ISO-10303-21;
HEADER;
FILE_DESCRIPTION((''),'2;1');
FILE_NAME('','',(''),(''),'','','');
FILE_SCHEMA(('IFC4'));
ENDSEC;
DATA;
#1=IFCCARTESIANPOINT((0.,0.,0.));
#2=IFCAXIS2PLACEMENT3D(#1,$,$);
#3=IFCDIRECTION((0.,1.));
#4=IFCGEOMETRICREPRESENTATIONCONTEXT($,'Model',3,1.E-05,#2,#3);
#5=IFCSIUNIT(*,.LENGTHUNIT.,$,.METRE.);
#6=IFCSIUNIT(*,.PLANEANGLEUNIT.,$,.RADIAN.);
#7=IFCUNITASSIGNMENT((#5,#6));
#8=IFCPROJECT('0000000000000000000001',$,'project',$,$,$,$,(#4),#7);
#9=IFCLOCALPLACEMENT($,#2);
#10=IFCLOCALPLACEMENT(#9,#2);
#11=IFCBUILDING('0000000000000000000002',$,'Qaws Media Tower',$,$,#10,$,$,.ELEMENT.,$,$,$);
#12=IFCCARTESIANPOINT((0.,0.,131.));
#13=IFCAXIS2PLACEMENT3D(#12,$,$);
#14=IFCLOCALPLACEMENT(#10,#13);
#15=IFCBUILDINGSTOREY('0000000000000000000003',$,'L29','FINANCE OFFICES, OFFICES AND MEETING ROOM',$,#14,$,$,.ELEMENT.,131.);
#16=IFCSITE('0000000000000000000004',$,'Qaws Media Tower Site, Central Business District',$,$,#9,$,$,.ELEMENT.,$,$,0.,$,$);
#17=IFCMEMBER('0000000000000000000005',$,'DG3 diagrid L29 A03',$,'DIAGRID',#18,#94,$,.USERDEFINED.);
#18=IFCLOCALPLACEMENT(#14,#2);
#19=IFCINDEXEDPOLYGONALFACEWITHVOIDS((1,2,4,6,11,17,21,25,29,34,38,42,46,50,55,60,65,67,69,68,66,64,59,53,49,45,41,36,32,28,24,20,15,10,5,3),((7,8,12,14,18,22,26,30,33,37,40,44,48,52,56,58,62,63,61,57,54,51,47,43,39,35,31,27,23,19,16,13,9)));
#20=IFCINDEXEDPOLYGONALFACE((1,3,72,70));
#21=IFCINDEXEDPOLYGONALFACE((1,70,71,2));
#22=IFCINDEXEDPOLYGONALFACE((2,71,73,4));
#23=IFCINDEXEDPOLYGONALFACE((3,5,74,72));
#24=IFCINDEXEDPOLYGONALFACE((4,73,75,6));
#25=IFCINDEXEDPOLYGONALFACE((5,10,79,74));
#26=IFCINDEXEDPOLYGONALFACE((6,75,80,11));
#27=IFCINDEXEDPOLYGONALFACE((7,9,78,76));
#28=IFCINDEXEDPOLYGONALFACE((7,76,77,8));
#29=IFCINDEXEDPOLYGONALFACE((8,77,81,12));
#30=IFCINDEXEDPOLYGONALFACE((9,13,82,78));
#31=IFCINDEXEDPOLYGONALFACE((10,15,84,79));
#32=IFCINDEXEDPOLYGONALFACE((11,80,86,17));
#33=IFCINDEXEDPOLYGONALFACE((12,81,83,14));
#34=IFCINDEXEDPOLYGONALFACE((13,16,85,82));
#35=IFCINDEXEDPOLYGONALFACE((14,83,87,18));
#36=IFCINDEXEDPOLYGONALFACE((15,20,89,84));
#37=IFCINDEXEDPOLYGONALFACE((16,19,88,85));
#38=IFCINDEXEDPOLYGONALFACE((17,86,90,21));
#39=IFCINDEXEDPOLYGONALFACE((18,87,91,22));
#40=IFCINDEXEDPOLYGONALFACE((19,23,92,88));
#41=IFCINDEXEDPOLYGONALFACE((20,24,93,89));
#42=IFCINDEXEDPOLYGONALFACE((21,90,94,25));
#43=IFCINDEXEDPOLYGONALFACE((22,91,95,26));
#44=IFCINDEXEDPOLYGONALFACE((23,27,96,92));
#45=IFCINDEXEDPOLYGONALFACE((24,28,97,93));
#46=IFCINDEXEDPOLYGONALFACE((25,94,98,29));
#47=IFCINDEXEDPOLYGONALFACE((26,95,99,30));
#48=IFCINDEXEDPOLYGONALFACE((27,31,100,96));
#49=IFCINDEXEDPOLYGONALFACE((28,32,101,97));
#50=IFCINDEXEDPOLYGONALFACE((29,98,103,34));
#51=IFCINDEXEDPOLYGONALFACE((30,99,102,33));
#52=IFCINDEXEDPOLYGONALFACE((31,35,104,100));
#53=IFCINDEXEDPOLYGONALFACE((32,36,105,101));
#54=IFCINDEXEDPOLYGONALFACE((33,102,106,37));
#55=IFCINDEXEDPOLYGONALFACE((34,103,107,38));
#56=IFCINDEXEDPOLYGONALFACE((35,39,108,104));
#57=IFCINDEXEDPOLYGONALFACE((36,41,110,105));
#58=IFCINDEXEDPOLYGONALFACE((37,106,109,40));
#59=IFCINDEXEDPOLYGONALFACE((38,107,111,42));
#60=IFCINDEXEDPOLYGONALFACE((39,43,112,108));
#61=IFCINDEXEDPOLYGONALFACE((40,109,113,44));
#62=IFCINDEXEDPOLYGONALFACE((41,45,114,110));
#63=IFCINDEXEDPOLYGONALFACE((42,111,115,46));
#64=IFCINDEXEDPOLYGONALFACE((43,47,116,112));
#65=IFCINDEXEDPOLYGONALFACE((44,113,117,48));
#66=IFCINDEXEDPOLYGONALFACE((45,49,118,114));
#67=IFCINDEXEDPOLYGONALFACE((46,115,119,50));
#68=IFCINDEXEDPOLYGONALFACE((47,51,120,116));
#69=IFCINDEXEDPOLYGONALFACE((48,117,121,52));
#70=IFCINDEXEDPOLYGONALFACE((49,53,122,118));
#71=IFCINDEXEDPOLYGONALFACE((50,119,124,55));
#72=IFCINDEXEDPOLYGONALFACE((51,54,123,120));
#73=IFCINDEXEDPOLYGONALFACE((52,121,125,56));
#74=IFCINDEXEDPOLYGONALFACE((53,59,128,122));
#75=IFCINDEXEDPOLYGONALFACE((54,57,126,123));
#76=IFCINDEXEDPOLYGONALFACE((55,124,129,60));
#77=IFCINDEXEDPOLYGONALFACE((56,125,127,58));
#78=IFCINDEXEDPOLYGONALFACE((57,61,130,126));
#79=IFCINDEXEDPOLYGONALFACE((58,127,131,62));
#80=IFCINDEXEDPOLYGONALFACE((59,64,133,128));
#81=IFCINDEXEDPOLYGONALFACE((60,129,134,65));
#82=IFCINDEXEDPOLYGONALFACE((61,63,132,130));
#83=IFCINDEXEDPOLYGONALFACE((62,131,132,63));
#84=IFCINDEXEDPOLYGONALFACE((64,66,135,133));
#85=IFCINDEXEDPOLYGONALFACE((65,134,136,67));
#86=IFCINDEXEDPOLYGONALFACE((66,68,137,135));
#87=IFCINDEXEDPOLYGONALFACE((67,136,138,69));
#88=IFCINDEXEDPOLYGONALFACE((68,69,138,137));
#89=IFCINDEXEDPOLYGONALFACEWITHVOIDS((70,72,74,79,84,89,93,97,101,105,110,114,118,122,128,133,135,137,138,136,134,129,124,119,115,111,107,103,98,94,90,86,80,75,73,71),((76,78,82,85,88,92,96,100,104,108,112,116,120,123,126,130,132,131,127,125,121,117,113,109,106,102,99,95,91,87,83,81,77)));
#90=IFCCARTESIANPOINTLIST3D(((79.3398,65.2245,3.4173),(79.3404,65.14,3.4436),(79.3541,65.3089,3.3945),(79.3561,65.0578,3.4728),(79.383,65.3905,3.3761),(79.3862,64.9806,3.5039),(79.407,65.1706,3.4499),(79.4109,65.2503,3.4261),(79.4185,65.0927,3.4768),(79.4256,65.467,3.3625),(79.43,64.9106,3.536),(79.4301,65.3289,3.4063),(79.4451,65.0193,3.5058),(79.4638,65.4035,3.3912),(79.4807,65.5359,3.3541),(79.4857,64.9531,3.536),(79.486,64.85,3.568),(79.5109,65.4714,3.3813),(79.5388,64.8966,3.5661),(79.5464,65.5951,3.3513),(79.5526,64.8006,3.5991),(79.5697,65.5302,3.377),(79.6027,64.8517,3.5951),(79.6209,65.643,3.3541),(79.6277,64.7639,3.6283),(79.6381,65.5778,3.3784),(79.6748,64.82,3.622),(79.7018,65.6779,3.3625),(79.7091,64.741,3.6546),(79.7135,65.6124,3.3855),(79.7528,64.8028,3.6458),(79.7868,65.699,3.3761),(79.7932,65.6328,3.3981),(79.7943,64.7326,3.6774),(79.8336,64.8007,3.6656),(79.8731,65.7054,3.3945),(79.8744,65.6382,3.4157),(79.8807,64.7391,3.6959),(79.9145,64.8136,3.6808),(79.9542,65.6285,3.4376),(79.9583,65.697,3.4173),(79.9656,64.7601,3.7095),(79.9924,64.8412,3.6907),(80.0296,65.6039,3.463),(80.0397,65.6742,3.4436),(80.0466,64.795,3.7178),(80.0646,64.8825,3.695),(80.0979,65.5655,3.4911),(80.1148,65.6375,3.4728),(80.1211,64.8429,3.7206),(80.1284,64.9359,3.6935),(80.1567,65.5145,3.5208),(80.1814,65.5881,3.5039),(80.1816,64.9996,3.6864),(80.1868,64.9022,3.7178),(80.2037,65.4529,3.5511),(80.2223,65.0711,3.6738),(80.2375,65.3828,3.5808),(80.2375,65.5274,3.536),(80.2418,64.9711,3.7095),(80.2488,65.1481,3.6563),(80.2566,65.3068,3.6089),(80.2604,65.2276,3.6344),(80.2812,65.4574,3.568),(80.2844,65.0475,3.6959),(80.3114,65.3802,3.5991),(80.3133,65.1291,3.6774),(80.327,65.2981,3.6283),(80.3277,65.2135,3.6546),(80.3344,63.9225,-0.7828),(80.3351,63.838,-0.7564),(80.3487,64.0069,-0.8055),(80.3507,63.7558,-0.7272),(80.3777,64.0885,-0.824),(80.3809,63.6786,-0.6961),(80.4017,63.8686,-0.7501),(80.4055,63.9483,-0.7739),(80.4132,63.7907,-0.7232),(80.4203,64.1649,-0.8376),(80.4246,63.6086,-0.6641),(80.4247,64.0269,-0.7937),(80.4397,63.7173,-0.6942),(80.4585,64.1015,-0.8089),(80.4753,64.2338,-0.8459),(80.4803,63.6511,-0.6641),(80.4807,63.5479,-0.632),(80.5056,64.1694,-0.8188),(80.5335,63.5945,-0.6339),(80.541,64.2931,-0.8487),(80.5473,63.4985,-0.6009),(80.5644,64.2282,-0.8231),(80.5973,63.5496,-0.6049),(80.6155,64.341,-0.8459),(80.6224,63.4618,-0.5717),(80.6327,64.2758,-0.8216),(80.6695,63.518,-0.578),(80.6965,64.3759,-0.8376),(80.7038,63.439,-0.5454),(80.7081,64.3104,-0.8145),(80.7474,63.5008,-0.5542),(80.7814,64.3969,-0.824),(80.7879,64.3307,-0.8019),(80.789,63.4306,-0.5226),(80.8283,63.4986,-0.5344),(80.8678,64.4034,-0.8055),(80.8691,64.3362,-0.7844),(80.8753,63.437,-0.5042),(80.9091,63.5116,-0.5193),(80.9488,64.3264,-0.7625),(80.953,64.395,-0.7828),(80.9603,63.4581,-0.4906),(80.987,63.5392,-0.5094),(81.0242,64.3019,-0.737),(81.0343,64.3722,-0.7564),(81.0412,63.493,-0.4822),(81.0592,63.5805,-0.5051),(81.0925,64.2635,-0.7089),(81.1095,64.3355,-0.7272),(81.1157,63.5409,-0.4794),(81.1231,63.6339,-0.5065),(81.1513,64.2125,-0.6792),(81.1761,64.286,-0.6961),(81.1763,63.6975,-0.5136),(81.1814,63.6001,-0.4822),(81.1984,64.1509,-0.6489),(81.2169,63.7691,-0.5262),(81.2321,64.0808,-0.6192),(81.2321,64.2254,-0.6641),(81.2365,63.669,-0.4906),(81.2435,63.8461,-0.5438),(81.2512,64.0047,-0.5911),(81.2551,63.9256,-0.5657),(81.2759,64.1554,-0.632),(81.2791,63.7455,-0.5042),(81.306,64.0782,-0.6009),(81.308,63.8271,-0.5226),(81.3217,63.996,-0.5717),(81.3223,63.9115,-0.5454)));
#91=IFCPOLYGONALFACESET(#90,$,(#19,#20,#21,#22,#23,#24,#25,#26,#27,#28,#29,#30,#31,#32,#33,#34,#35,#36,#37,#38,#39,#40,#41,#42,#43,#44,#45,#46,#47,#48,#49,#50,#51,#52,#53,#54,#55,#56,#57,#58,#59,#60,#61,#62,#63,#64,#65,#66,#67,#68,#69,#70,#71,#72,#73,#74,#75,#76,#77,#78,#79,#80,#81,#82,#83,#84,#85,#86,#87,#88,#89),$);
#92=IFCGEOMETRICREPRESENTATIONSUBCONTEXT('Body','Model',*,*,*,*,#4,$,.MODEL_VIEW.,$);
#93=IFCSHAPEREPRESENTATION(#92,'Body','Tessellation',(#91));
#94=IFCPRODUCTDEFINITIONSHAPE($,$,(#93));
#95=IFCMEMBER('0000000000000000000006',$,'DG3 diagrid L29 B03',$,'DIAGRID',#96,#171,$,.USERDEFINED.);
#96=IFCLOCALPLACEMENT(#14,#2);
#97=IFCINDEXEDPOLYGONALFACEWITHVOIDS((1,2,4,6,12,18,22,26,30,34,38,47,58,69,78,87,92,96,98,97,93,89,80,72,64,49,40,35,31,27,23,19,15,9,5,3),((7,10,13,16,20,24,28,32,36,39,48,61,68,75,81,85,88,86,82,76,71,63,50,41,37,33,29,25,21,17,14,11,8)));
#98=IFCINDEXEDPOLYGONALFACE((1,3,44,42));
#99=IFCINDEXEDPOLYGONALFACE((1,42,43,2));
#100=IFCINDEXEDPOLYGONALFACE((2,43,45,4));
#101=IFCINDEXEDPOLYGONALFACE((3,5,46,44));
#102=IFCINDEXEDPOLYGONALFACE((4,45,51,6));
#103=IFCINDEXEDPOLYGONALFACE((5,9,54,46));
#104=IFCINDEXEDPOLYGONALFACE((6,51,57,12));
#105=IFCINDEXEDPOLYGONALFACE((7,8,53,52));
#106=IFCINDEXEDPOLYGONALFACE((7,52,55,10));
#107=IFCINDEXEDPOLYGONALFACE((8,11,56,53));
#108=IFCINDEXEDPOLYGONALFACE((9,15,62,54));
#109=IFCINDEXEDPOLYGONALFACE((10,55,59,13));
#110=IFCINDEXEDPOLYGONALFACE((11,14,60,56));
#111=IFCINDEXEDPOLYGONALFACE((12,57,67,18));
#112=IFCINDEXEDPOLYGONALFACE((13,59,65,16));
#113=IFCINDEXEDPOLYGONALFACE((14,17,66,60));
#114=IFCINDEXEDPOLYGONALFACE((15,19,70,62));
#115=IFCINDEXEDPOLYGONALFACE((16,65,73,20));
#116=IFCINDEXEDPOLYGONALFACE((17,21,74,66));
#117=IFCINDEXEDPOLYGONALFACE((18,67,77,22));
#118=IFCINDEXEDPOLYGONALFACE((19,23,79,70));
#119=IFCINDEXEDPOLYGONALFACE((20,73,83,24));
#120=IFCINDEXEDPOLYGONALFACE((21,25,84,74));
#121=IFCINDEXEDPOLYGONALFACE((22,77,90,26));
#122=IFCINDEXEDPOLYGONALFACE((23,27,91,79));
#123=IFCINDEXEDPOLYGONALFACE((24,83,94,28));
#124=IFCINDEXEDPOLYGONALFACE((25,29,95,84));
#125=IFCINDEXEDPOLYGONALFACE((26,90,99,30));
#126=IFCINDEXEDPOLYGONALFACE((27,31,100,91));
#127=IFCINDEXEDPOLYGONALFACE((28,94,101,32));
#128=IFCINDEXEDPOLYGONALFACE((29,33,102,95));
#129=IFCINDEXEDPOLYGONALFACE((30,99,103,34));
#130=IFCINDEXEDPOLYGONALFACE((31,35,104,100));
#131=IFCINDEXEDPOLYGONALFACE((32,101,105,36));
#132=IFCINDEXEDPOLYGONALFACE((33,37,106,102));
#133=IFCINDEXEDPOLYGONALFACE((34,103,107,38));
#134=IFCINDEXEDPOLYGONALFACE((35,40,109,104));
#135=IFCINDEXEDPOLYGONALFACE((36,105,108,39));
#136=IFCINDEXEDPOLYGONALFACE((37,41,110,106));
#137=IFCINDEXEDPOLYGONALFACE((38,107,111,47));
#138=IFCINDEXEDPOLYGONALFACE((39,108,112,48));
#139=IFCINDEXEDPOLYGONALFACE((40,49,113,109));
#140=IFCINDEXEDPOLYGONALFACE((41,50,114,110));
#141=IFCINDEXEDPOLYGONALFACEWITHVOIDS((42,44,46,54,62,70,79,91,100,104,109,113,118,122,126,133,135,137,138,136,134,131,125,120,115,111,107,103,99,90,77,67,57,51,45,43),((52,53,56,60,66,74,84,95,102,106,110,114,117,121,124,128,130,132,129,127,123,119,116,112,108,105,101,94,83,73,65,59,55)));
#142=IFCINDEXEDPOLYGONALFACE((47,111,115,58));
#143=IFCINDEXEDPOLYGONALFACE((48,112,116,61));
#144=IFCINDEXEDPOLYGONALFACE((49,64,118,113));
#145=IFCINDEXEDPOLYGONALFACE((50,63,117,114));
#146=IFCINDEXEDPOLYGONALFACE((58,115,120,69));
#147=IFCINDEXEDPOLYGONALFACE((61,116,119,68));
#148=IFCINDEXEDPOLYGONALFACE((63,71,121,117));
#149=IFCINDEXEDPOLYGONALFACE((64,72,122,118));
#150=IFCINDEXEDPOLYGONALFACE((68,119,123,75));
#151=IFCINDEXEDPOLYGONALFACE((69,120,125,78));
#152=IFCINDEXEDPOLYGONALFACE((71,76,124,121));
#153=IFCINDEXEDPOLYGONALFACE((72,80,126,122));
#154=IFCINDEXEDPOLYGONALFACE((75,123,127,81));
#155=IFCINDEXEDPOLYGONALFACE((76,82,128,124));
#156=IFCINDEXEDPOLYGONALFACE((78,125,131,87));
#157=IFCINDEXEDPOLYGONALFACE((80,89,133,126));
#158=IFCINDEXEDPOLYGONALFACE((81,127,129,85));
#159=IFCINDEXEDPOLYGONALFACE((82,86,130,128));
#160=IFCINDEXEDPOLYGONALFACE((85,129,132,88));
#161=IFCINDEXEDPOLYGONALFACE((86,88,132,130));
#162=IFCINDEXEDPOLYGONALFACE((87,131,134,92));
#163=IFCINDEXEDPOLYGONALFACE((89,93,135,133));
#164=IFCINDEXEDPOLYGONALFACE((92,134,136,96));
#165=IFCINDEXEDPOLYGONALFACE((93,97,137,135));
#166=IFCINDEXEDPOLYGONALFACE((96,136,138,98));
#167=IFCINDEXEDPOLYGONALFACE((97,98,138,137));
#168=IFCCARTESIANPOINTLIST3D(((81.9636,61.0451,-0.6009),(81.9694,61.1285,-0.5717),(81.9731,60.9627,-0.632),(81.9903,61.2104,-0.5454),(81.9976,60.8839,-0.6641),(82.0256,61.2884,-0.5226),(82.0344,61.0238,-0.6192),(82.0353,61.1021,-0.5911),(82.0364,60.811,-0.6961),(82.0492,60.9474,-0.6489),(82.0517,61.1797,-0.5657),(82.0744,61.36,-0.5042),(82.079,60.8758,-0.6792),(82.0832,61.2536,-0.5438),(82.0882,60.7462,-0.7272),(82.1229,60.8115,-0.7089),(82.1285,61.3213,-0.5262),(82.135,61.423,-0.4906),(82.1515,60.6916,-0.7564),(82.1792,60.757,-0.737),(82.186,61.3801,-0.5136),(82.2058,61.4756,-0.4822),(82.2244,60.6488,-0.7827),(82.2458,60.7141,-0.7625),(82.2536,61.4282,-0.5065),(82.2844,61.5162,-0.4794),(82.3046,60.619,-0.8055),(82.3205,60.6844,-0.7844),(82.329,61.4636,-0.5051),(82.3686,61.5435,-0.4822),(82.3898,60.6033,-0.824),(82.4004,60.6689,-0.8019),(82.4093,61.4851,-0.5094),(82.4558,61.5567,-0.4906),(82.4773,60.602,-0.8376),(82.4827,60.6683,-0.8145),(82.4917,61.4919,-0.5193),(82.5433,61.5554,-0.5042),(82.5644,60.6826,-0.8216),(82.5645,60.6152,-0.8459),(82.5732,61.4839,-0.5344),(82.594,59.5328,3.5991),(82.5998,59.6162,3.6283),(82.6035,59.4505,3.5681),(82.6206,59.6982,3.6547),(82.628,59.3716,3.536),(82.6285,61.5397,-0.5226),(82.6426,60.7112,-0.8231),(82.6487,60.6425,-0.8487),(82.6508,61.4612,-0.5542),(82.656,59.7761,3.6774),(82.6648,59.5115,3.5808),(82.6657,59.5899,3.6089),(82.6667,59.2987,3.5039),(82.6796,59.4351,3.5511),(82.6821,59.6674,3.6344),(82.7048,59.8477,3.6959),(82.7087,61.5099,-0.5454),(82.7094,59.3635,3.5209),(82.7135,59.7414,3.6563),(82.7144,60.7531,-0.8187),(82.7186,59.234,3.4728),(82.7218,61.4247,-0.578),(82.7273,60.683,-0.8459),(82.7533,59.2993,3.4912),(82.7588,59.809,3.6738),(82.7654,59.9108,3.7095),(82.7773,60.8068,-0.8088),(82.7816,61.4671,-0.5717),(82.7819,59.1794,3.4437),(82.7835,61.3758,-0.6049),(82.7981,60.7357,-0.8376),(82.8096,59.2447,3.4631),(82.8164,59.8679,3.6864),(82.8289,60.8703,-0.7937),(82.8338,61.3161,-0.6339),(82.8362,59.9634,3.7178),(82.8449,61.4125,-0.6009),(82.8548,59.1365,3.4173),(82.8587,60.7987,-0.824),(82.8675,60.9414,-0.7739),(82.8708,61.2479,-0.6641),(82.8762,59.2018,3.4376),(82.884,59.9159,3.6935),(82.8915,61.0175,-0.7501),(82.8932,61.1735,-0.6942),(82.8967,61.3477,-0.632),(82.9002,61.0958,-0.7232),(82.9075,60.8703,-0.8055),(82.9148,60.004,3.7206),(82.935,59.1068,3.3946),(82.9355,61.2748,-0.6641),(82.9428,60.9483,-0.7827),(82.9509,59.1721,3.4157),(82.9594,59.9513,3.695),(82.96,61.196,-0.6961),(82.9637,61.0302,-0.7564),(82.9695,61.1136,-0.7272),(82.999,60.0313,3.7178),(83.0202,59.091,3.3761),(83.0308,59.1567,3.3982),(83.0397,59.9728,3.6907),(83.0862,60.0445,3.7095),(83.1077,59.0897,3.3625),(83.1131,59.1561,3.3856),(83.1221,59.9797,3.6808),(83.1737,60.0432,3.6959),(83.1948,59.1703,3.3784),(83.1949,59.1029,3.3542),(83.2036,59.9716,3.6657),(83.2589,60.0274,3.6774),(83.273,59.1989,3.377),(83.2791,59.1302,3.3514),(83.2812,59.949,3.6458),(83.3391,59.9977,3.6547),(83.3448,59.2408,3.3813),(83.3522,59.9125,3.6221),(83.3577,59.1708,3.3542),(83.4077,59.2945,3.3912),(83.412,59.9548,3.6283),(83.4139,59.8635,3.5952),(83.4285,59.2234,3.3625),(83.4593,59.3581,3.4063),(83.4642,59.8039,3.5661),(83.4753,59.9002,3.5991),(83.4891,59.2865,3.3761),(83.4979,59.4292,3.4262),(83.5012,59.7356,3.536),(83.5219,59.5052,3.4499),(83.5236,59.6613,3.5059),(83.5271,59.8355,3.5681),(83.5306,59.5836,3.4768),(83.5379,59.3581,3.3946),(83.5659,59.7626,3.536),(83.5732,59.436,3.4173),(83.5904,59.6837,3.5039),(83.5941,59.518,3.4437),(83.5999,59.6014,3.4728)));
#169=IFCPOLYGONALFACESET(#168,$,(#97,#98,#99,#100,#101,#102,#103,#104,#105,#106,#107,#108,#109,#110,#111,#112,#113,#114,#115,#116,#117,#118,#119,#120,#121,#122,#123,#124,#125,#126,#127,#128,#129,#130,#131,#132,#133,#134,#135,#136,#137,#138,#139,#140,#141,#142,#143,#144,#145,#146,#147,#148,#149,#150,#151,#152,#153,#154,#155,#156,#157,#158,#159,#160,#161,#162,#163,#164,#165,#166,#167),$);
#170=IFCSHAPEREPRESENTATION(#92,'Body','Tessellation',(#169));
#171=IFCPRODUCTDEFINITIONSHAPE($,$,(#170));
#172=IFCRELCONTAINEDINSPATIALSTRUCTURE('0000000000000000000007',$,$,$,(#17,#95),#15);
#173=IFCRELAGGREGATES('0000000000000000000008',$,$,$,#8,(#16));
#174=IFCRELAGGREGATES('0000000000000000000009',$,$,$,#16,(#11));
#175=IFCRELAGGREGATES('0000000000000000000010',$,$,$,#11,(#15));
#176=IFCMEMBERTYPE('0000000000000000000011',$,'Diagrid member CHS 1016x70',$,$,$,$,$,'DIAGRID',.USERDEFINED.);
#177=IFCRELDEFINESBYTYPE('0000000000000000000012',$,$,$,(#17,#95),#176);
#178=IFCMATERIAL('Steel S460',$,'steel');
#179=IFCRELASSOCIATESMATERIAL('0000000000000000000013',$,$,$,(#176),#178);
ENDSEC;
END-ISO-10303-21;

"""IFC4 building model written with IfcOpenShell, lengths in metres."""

from ifc_helpers import new_model, si_unit, direction, frame, origin, origin_2d, place, context, subcontext, project, spatial, hollow_circle, extrude, material, material_profile, profile_set, type_object, element, save


model = new_model("IFC4")

# Units and contexts
model_context = context("Model", 3, precision=1e-05, world=origin(), true_north=direction((0.0, 1.0)))
body_context = subcontext(model_context, "Body", "Model", "MODEL_VIEW")
ifc_project = project(units=[si_unit("LENGTHUNIT", "METRE"), si_unit("PLANEANGLEUNIT", "RADIAN")], contexts=[model_context])

# Site, building, storey
site_placement = place(None, origin())
site = spatial("IfcSite", under=ifc_project, at=site_placement, Name="Qaws Media Tower Site, Central Business District", CompositionType="ELEMENT", RefElevation=0.0)
building_placement = place(site_placement, origin())
building = spatial("IfcBuilding", under=site, at=building_placement, Name="Qaws Media Tower", CompositionType="ELEMENT")
storey_placement = place(building_placement, frame((0.0, 0.0, 131.0)))
storey = spatial("IfcBuildingStorey", under=building, at=storey_placement, Name="L29", Description="FINANCE OFFICES, OFFICES AND MEETING ROOM", CompositionType="ELEMENT", Elevation=131.0)

# Members
ifc_material_1 = material(Name="Steel S460", Category="steel")
ifc_material_profile_1 = material_profile(ifc_material_1, hollow_circle(Radius=0.5081, WallThickness=0.0701, at=origin_2d()), Name="CHS 1016x70")
ifc_profile_set_1 = profile_set([ifc_material_profile_1], Name="Steel S460")
member_type_1 = type_object("IfcMemberType", Name="Diagrid member CHS 1016x70", ElementType="DIAGRID", PredefinedType="USERDEFINED", material=ifc_profile_set_1)
for number, where, z_axis, x_axis, name in (
    (1, (80.8284, 63.917, -0.6641), (-0.220625, 0.288806, 0.93162), (-0.794658, -0.607057, 0.0), "DG3 diagrid L29 A03"),
    (2, (82.4666, 61.0793, -0.6641), (0.139828, -0.335436, 0.931628), (0.923015, 0.384764, 0.0), "DG3 diagrid L29 B03"),
):
    element("IfcMember", number, at=place(storey_placement, frame(where, z_axis=z_axis, x_axis=x_axis)), inside=storey, type_object=member_type_1, Name=name, ObjectType="DIAGRID", PredefinedType="USERDEFINED", context=body_context, shape_type="SweptSolid", body=[
        extrude(hollow_circle(Radius=0.5081, WallThickness=0.0701, at=origin_2d()), origin(), (0.0, 0.0, 1.0), 4.5083),
    ])

save(model, "model.ifc")
